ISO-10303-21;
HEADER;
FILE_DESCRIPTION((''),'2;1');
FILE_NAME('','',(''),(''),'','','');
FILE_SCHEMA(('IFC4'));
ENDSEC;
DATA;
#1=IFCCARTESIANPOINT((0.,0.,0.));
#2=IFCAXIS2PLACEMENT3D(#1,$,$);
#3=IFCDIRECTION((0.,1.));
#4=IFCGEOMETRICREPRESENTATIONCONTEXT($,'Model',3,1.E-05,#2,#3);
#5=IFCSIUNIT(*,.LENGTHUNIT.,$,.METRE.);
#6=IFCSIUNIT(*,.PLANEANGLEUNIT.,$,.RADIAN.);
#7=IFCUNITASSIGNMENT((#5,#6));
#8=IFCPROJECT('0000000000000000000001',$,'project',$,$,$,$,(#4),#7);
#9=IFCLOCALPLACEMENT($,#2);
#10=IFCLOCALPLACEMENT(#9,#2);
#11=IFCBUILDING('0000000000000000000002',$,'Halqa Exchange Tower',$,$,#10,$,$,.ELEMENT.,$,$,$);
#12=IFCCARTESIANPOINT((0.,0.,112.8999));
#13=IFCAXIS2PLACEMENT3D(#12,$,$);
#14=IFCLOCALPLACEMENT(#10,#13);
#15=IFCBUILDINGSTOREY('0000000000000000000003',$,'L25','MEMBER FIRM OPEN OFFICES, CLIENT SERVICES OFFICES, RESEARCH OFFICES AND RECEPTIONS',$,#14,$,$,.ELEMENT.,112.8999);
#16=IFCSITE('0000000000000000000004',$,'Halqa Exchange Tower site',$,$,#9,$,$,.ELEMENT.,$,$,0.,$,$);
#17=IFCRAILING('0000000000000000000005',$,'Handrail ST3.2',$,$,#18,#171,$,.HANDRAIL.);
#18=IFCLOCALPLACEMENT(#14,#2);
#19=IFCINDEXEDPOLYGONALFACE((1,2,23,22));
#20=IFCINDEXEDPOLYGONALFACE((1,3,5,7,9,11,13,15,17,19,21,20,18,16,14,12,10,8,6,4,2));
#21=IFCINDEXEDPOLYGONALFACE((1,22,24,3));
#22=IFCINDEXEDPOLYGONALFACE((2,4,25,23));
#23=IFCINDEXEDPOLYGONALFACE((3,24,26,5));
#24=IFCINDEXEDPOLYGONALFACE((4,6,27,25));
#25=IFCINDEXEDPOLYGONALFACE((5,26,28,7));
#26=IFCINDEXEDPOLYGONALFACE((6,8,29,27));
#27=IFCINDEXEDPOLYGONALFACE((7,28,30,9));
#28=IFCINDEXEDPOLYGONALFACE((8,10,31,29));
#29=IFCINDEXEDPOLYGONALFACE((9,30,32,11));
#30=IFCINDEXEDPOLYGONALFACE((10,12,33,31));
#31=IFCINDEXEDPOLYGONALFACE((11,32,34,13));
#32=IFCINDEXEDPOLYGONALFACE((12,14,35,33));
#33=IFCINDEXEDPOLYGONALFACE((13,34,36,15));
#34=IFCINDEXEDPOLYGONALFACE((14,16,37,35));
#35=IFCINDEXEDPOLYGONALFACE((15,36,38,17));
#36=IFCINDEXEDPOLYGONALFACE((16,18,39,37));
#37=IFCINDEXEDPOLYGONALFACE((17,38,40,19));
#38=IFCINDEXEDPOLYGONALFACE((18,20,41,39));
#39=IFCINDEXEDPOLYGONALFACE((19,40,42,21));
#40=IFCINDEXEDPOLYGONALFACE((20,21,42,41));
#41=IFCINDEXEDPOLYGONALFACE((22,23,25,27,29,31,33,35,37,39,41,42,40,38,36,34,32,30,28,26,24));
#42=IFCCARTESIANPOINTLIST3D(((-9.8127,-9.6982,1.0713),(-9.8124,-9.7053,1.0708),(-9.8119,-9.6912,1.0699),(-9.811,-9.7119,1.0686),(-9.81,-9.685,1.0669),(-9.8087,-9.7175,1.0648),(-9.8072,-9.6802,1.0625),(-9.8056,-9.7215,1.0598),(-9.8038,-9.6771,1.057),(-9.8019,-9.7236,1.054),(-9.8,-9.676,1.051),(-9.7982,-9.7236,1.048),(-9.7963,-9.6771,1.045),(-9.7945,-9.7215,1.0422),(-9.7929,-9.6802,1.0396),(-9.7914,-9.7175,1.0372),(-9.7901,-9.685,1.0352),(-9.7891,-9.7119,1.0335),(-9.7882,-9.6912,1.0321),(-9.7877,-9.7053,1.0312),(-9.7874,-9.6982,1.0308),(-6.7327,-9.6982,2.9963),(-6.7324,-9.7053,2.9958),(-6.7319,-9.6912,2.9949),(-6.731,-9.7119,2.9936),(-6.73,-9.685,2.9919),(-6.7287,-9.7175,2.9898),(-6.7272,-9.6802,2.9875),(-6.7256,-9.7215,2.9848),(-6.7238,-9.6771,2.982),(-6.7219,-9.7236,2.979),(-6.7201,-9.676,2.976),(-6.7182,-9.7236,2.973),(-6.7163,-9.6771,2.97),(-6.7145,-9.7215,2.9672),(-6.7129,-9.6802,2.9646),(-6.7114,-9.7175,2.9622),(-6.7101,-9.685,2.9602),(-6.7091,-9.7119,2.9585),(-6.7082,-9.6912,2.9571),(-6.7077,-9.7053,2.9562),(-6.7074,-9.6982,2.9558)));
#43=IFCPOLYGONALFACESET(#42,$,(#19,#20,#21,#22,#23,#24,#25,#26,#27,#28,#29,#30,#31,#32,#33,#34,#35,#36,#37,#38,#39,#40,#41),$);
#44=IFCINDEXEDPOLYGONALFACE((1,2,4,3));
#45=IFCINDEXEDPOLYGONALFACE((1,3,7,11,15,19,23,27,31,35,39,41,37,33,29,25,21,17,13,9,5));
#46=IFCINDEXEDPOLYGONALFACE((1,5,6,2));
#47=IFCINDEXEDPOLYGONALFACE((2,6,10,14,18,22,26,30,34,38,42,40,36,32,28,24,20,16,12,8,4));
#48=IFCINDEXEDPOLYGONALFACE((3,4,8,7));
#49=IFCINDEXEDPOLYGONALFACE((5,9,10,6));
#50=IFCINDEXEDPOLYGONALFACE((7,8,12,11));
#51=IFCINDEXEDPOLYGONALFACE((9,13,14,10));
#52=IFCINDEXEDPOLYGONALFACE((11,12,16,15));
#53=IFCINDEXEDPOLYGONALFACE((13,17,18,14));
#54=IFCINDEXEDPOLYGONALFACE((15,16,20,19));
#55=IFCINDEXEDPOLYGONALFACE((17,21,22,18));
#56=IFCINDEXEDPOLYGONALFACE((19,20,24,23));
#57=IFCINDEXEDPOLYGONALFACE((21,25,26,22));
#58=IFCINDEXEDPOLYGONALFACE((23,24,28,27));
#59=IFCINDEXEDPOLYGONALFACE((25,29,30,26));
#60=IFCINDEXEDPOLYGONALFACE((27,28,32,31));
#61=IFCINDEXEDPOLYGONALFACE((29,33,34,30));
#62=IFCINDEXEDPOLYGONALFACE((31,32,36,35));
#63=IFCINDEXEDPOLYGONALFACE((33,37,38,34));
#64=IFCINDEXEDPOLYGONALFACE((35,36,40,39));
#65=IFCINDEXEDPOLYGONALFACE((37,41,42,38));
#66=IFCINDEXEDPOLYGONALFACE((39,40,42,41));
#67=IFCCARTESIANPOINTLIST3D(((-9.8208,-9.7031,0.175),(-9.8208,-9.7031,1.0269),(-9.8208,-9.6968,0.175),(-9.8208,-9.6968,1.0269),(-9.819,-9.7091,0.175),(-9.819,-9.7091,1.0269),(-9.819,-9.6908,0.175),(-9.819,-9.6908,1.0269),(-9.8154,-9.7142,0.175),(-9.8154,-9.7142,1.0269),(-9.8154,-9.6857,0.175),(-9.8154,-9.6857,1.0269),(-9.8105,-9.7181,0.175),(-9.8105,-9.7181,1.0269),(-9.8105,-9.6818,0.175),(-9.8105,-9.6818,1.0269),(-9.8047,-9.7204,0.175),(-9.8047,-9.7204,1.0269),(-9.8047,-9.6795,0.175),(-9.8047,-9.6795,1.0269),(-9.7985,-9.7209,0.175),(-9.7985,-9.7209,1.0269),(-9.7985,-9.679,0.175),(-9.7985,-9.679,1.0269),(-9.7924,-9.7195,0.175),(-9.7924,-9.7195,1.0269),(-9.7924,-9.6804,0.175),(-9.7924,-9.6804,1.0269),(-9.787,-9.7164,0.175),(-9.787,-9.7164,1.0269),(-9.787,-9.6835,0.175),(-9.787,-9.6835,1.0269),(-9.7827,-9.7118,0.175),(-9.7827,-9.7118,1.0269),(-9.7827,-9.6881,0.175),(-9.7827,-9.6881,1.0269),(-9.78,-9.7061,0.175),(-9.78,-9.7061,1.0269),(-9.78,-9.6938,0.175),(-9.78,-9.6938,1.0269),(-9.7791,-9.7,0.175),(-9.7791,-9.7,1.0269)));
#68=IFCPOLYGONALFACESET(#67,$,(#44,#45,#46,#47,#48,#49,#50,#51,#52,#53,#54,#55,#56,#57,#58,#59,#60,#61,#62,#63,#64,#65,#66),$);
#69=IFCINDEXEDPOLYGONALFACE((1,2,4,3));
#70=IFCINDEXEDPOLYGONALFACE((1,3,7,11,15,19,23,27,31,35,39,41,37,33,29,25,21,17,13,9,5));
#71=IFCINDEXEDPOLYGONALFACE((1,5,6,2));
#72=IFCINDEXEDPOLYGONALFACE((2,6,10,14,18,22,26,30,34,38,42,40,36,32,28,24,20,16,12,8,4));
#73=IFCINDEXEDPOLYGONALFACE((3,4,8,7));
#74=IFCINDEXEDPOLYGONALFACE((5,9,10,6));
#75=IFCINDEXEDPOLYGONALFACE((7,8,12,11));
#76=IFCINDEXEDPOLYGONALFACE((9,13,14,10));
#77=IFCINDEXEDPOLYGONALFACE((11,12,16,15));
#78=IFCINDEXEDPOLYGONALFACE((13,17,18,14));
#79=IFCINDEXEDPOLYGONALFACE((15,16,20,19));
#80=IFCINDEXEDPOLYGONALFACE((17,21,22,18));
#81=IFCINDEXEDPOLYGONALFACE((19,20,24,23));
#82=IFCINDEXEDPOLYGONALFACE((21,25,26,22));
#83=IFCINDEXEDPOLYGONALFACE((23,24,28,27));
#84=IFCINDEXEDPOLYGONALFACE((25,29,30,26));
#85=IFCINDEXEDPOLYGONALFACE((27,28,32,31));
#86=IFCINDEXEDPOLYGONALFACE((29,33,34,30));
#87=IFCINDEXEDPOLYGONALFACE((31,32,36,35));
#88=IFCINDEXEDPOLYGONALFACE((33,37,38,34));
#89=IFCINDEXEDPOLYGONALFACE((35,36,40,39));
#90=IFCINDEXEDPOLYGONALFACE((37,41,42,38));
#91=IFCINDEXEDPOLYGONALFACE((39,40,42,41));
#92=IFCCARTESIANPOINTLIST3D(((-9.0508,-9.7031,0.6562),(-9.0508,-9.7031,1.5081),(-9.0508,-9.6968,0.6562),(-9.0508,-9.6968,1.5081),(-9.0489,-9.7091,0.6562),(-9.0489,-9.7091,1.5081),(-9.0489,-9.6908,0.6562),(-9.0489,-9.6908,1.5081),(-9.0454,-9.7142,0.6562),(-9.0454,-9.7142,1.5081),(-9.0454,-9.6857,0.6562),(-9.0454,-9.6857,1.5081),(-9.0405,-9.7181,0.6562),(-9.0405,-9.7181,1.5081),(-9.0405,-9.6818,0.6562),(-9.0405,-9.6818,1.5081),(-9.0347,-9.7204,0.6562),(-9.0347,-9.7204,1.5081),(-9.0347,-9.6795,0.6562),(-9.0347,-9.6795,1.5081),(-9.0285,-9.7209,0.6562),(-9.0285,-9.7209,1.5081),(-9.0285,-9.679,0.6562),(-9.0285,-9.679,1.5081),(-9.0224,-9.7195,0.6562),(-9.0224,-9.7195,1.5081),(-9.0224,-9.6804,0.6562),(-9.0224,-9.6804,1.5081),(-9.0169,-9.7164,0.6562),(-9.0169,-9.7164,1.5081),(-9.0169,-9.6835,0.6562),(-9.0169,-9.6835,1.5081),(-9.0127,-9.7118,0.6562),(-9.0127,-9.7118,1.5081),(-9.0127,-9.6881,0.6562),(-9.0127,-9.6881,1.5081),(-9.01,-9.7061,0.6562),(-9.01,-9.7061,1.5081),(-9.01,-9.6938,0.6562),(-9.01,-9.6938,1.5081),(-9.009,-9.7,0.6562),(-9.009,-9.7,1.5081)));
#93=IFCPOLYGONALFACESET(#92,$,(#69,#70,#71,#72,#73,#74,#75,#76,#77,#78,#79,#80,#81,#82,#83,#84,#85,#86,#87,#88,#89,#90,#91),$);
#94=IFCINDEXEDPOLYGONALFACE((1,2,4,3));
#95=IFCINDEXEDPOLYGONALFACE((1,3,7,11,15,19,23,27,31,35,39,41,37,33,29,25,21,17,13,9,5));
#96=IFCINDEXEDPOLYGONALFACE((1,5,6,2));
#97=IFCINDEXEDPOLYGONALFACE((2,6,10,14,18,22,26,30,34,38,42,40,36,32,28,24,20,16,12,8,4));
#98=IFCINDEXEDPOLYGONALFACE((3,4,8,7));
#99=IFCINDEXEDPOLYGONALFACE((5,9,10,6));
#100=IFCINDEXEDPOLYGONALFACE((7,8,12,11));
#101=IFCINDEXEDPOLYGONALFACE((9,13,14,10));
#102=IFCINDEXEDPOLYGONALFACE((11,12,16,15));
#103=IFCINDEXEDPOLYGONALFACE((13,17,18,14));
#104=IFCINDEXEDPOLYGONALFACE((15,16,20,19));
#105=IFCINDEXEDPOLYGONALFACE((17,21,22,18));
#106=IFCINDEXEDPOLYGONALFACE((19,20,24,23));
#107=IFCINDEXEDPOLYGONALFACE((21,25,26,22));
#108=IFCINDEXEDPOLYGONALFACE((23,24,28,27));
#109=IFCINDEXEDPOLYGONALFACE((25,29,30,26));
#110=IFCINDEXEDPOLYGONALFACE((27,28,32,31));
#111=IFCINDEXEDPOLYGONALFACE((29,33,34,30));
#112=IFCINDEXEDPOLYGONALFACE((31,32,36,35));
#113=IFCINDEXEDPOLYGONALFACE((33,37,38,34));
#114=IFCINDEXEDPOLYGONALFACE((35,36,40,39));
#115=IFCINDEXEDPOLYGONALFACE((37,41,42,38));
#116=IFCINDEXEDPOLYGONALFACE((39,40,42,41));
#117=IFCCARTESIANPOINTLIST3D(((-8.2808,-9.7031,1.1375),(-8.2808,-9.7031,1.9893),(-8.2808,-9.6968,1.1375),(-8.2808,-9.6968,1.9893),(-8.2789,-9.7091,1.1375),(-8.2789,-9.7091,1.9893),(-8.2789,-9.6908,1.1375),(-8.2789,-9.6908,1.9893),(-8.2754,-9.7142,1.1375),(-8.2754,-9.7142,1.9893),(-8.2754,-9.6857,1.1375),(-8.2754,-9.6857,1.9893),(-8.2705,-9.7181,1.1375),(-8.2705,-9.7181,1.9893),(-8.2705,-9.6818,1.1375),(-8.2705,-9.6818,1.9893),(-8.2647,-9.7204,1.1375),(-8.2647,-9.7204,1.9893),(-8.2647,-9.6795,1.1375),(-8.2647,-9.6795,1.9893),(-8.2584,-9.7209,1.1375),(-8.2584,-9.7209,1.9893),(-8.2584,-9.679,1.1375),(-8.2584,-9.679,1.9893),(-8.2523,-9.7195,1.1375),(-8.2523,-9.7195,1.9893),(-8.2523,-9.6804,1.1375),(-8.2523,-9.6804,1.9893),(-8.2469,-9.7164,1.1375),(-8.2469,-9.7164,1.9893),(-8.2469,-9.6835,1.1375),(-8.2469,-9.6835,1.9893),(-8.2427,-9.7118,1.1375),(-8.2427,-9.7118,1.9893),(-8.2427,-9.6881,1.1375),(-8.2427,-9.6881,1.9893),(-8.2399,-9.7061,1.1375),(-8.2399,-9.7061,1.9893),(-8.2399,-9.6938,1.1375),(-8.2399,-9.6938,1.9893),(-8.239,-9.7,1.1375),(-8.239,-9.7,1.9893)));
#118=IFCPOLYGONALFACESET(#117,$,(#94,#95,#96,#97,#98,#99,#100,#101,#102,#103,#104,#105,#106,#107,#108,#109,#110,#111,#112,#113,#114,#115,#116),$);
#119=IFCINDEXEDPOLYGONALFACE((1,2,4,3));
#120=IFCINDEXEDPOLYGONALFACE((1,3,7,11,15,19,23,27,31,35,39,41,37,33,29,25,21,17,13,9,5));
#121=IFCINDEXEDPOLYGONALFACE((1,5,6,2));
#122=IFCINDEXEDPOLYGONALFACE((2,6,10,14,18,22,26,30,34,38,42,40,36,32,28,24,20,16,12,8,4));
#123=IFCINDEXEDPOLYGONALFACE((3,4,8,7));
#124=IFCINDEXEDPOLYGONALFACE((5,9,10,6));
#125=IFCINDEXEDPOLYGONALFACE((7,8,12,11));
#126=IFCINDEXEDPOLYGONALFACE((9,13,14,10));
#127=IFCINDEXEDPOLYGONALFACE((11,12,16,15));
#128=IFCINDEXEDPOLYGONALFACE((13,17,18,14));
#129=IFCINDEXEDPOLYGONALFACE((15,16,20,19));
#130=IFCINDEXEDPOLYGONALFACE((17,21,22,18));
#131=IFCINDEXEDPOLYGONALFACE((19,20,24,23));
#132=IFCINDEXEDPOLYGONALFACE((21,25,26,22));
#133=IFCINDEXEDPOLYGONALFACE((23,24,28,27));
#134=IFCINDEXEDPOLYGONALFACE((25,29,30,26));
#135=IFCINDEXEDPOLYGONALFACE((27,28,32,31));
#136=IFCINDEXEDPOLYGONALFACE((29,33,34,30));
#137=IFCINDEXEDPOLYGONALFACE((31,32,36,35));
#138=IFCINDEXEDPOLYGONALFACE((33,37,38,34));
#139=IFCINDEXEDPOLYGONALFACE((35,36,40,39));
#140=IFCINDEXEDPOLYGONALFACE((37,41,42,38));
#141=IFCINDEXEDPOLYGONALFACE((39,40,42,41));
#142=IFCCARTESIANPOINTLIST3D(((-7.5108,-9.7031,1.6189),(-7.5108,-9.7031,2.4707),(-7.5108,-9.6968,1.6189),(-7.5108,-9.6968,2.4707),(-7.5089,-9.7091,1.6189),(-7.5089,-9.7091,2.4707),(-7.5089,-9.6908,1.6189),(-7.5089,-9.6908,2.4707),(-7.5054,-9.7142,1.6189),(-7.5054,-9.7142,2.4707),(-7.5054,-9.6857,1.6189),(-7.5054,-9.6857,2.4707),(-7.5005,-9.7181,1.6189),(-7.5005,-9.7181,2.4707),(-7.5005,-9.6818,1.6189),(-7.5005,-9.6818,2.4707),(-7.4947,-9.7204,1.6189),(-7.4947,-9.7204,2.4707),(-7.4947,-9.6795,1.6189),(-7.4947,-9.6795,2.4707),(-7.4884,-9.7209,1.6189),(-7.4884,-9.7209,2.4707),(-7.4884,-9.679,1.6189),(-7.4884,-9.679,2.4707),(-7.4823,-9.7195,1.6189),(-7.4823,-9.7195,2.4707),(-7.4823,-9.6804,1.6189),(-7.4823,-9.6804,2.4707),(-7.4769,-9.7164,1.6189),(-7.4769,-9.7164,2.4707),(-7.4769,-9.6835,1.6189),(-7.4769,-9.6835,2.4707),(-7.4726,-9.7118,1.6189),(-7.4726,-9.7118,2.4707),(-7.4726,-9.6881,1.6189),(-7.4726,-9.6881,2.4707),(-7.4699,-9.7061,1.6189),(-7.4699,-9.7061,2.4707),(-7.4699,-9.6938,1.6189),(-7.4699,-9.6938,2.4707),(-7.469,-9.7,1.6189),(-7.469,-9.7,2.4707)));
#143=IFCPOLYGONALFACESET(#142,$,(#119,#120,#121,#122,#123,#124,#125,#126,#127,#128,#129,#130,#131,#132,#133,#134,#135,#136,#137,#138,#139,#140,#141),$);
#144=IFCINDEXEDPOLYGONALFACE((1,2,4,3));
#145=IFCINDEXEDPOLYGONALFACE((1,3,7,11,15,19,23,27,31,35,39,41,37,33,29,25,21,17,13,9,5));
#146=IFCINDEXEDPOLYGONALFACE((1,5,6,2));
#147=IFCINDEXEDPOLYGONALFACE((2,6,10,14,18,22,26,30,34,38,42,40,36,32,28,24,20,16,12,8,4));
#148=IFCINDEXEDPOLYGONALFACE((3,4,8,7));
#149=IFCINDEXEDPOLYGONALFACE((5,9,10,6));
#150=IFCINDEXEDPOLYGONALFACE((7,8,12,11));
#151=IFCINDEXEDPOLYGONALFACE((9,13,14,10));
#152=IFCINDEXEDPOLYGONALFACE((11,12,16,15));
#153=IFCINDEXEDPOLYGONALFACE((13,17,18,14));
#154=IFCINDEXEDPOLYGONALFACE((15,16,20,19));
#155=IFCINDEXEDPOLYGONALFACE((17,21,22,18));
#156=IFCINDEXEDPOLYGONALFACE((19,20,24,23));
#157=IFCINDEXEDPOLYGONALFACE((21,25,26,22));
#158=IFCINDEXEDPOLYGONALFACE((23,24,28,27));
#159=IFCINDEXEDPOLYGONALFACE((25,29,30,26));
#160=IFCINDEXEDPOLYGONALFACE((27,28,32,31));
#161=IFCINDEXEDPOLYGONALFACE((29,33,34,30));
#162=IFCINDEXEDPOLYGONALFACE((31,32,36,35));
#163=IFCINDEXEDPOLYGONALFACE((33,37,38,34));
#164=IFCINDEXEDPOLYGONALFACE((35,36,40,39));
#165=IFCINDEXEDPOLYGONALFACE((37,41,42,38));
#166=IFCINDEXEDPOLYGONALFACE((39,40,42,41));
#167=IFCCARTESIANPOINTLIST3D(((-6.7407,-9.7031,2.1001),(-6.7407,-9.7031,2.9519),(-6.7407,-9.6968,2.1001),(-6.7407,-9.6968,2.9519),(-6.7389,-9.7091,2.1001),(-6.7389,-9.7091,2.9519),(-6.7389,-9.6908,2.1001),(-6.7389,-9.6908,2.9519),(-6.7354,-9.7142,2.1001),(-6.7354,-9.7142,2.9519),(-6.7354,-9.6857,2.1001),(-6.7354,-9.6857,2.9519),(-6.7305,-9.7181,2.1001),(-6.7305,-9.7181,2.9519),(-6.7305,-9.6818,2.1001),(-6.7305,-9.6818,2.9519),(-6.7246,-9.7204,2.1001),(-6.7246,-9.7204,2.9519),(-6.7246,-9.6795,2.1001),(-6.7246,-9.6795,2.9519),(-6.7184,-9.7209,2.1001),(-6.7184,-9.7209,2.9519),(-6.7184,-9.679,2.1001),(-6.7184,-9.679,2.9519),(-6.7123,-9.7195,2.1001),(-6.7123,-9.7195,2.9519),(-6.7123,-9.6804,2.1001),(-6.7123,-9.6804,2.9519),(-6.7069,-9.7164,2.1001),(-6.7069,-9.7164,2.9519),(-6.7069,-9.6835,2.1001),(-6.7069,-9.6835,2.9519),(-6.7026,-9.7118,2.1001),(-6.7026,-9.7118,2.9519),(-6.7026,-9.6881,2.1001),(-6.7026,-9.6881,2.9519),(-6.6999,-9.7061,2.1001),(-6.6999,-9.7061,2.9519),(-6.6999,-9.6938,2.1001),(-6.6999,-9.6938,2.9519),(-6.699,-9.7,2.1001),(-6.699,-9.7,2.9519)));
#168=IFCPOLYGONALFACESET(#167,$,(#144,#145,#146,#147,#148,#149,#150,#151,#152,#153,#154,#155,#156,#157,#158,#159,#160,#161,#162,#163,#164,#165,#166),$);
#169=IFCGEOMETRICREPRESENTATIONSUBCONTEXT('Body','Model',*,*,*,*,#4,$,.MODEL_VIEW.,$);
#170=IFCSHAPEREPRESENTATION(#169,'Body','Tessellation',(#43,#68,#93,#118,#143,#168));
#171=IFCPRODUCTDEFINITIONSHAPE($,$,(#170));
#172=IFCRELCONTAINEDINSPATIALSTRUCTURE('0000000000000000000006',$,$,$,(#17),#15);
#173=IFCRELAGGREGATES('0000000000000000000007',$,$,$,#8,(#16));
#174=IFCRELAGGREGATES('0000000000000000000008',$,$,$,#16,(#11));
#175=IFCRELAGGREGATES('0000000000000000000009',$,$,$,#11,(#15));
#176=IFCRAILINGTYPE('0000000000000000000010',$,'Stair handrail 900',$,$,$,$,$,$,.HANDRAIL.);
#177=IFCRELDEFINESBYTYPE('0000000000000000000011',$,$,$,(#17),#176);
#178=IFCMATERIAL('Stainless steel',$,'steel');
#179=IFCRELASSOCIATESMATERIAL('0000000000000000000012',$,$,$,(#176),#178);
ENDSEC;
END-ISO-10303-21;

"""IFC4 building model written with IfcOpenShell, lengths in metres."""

from ifc_helpers import new_model, si_unit, direction, frame, origin, origin_2d, place, context, subcontext, project, spatial, circle, extrude, material, type_object, element, save


model = new_model("IFC4")

# Units and contexts
model_context = context("Model", 3, precision=1e-05, world=origin(), true_north=direction((0.0, 1.0)))
body_context = subcontext(model_context, "Body", "Model", "MODEL_VIEW")
ifc_project = project(units=[si_unit("LENGTHUNIT", "METRE"), si_unit("PLANEANGLEUNIT", "RADIAN")], contexts=[model_context])

# Site, building, storey
site_placement = place(None, origin())
site = spatial("IfcSite", under=ifc_project, at=site_placement, Name="Halqa Exchange Tower site", CompositionType="ELEMENT", RefElevation=0.0)
building_placement = place(site_placement, origin())
building = spatial("IfcBuilding", under=site, at=building_placement, Name="Halqa Exchange Tower", CompositionType="ELEMENT")
storey_placement = place(building_placement, frame((0.0, 0.0, 112.8999)))
storey = spatial("IfcBuildingStorey", under=building, at=storey_placement, Name="L25", Description="MEMBER FIRM OPEN OFFICES, CLIENT SERVICES OFFICES, RESEARCH OFFICES AND RECEPTIONS", CompositionType="ELEMENT", Elevation=112.8999)

# Shared definitions
ifc_material_1 = material(Name="Stainless steel", Category="steel")

# Railing
railing_type_1 = type_object("IfcRailingType", Name="Stair handrail 900", PredefinedType="HANDRAIL", material=ifc_material_1)
railing_1_placement = place(storey_placement, frame((-9.8, -9.7, 0.175)))
element("IfcRailing", 1, at=railing_1_placement, inside=storey, type_object=railing_type_1, Name="Handrail ST3.2", PredefinedType="HANDRAIL", context=body_context, shape_type="SweptSolid", body=[
    extrude(circle(Radius=0.0239, at=origin_2d()), frame((0.0, 0.0, 0.876), z_axis=(0.847998, 0.0, 0.529999), x_axis=(0.0, 1.0, 0.0)), (0.0, 0.0, 1.0), 3.6321),
    extrude(circle(Radius=0.021, at=origin_2d()), origin(), (0.0, 0.0, 1.0), 0.8518),
    extrude(circle(Radius=0.021, at=origin_2d()), frame((0.77, 0.0, 0.4812)), (0.0, 0.0, 1.0), 0.8518),
    extrude(circle(Radius=0.021, at=origin_2d()), frame((1.54, 0.0, 0.9624)), (0.0, 0.0, 1.0), 0.8518),
    extrude(circle(Radius=0.021, at=origin_2d()), frame((2.3101, 0.0, 1.4438)), (0.0, 0.0, 1.0), 0.8518),
    extrude(circle(Radius=0.021, at=origin_2d()), frame((3.0801, 0.0, 1.925)), (0.0, 0.0, 1.0), 0.8518),
])

save(model, "model.ifc")
